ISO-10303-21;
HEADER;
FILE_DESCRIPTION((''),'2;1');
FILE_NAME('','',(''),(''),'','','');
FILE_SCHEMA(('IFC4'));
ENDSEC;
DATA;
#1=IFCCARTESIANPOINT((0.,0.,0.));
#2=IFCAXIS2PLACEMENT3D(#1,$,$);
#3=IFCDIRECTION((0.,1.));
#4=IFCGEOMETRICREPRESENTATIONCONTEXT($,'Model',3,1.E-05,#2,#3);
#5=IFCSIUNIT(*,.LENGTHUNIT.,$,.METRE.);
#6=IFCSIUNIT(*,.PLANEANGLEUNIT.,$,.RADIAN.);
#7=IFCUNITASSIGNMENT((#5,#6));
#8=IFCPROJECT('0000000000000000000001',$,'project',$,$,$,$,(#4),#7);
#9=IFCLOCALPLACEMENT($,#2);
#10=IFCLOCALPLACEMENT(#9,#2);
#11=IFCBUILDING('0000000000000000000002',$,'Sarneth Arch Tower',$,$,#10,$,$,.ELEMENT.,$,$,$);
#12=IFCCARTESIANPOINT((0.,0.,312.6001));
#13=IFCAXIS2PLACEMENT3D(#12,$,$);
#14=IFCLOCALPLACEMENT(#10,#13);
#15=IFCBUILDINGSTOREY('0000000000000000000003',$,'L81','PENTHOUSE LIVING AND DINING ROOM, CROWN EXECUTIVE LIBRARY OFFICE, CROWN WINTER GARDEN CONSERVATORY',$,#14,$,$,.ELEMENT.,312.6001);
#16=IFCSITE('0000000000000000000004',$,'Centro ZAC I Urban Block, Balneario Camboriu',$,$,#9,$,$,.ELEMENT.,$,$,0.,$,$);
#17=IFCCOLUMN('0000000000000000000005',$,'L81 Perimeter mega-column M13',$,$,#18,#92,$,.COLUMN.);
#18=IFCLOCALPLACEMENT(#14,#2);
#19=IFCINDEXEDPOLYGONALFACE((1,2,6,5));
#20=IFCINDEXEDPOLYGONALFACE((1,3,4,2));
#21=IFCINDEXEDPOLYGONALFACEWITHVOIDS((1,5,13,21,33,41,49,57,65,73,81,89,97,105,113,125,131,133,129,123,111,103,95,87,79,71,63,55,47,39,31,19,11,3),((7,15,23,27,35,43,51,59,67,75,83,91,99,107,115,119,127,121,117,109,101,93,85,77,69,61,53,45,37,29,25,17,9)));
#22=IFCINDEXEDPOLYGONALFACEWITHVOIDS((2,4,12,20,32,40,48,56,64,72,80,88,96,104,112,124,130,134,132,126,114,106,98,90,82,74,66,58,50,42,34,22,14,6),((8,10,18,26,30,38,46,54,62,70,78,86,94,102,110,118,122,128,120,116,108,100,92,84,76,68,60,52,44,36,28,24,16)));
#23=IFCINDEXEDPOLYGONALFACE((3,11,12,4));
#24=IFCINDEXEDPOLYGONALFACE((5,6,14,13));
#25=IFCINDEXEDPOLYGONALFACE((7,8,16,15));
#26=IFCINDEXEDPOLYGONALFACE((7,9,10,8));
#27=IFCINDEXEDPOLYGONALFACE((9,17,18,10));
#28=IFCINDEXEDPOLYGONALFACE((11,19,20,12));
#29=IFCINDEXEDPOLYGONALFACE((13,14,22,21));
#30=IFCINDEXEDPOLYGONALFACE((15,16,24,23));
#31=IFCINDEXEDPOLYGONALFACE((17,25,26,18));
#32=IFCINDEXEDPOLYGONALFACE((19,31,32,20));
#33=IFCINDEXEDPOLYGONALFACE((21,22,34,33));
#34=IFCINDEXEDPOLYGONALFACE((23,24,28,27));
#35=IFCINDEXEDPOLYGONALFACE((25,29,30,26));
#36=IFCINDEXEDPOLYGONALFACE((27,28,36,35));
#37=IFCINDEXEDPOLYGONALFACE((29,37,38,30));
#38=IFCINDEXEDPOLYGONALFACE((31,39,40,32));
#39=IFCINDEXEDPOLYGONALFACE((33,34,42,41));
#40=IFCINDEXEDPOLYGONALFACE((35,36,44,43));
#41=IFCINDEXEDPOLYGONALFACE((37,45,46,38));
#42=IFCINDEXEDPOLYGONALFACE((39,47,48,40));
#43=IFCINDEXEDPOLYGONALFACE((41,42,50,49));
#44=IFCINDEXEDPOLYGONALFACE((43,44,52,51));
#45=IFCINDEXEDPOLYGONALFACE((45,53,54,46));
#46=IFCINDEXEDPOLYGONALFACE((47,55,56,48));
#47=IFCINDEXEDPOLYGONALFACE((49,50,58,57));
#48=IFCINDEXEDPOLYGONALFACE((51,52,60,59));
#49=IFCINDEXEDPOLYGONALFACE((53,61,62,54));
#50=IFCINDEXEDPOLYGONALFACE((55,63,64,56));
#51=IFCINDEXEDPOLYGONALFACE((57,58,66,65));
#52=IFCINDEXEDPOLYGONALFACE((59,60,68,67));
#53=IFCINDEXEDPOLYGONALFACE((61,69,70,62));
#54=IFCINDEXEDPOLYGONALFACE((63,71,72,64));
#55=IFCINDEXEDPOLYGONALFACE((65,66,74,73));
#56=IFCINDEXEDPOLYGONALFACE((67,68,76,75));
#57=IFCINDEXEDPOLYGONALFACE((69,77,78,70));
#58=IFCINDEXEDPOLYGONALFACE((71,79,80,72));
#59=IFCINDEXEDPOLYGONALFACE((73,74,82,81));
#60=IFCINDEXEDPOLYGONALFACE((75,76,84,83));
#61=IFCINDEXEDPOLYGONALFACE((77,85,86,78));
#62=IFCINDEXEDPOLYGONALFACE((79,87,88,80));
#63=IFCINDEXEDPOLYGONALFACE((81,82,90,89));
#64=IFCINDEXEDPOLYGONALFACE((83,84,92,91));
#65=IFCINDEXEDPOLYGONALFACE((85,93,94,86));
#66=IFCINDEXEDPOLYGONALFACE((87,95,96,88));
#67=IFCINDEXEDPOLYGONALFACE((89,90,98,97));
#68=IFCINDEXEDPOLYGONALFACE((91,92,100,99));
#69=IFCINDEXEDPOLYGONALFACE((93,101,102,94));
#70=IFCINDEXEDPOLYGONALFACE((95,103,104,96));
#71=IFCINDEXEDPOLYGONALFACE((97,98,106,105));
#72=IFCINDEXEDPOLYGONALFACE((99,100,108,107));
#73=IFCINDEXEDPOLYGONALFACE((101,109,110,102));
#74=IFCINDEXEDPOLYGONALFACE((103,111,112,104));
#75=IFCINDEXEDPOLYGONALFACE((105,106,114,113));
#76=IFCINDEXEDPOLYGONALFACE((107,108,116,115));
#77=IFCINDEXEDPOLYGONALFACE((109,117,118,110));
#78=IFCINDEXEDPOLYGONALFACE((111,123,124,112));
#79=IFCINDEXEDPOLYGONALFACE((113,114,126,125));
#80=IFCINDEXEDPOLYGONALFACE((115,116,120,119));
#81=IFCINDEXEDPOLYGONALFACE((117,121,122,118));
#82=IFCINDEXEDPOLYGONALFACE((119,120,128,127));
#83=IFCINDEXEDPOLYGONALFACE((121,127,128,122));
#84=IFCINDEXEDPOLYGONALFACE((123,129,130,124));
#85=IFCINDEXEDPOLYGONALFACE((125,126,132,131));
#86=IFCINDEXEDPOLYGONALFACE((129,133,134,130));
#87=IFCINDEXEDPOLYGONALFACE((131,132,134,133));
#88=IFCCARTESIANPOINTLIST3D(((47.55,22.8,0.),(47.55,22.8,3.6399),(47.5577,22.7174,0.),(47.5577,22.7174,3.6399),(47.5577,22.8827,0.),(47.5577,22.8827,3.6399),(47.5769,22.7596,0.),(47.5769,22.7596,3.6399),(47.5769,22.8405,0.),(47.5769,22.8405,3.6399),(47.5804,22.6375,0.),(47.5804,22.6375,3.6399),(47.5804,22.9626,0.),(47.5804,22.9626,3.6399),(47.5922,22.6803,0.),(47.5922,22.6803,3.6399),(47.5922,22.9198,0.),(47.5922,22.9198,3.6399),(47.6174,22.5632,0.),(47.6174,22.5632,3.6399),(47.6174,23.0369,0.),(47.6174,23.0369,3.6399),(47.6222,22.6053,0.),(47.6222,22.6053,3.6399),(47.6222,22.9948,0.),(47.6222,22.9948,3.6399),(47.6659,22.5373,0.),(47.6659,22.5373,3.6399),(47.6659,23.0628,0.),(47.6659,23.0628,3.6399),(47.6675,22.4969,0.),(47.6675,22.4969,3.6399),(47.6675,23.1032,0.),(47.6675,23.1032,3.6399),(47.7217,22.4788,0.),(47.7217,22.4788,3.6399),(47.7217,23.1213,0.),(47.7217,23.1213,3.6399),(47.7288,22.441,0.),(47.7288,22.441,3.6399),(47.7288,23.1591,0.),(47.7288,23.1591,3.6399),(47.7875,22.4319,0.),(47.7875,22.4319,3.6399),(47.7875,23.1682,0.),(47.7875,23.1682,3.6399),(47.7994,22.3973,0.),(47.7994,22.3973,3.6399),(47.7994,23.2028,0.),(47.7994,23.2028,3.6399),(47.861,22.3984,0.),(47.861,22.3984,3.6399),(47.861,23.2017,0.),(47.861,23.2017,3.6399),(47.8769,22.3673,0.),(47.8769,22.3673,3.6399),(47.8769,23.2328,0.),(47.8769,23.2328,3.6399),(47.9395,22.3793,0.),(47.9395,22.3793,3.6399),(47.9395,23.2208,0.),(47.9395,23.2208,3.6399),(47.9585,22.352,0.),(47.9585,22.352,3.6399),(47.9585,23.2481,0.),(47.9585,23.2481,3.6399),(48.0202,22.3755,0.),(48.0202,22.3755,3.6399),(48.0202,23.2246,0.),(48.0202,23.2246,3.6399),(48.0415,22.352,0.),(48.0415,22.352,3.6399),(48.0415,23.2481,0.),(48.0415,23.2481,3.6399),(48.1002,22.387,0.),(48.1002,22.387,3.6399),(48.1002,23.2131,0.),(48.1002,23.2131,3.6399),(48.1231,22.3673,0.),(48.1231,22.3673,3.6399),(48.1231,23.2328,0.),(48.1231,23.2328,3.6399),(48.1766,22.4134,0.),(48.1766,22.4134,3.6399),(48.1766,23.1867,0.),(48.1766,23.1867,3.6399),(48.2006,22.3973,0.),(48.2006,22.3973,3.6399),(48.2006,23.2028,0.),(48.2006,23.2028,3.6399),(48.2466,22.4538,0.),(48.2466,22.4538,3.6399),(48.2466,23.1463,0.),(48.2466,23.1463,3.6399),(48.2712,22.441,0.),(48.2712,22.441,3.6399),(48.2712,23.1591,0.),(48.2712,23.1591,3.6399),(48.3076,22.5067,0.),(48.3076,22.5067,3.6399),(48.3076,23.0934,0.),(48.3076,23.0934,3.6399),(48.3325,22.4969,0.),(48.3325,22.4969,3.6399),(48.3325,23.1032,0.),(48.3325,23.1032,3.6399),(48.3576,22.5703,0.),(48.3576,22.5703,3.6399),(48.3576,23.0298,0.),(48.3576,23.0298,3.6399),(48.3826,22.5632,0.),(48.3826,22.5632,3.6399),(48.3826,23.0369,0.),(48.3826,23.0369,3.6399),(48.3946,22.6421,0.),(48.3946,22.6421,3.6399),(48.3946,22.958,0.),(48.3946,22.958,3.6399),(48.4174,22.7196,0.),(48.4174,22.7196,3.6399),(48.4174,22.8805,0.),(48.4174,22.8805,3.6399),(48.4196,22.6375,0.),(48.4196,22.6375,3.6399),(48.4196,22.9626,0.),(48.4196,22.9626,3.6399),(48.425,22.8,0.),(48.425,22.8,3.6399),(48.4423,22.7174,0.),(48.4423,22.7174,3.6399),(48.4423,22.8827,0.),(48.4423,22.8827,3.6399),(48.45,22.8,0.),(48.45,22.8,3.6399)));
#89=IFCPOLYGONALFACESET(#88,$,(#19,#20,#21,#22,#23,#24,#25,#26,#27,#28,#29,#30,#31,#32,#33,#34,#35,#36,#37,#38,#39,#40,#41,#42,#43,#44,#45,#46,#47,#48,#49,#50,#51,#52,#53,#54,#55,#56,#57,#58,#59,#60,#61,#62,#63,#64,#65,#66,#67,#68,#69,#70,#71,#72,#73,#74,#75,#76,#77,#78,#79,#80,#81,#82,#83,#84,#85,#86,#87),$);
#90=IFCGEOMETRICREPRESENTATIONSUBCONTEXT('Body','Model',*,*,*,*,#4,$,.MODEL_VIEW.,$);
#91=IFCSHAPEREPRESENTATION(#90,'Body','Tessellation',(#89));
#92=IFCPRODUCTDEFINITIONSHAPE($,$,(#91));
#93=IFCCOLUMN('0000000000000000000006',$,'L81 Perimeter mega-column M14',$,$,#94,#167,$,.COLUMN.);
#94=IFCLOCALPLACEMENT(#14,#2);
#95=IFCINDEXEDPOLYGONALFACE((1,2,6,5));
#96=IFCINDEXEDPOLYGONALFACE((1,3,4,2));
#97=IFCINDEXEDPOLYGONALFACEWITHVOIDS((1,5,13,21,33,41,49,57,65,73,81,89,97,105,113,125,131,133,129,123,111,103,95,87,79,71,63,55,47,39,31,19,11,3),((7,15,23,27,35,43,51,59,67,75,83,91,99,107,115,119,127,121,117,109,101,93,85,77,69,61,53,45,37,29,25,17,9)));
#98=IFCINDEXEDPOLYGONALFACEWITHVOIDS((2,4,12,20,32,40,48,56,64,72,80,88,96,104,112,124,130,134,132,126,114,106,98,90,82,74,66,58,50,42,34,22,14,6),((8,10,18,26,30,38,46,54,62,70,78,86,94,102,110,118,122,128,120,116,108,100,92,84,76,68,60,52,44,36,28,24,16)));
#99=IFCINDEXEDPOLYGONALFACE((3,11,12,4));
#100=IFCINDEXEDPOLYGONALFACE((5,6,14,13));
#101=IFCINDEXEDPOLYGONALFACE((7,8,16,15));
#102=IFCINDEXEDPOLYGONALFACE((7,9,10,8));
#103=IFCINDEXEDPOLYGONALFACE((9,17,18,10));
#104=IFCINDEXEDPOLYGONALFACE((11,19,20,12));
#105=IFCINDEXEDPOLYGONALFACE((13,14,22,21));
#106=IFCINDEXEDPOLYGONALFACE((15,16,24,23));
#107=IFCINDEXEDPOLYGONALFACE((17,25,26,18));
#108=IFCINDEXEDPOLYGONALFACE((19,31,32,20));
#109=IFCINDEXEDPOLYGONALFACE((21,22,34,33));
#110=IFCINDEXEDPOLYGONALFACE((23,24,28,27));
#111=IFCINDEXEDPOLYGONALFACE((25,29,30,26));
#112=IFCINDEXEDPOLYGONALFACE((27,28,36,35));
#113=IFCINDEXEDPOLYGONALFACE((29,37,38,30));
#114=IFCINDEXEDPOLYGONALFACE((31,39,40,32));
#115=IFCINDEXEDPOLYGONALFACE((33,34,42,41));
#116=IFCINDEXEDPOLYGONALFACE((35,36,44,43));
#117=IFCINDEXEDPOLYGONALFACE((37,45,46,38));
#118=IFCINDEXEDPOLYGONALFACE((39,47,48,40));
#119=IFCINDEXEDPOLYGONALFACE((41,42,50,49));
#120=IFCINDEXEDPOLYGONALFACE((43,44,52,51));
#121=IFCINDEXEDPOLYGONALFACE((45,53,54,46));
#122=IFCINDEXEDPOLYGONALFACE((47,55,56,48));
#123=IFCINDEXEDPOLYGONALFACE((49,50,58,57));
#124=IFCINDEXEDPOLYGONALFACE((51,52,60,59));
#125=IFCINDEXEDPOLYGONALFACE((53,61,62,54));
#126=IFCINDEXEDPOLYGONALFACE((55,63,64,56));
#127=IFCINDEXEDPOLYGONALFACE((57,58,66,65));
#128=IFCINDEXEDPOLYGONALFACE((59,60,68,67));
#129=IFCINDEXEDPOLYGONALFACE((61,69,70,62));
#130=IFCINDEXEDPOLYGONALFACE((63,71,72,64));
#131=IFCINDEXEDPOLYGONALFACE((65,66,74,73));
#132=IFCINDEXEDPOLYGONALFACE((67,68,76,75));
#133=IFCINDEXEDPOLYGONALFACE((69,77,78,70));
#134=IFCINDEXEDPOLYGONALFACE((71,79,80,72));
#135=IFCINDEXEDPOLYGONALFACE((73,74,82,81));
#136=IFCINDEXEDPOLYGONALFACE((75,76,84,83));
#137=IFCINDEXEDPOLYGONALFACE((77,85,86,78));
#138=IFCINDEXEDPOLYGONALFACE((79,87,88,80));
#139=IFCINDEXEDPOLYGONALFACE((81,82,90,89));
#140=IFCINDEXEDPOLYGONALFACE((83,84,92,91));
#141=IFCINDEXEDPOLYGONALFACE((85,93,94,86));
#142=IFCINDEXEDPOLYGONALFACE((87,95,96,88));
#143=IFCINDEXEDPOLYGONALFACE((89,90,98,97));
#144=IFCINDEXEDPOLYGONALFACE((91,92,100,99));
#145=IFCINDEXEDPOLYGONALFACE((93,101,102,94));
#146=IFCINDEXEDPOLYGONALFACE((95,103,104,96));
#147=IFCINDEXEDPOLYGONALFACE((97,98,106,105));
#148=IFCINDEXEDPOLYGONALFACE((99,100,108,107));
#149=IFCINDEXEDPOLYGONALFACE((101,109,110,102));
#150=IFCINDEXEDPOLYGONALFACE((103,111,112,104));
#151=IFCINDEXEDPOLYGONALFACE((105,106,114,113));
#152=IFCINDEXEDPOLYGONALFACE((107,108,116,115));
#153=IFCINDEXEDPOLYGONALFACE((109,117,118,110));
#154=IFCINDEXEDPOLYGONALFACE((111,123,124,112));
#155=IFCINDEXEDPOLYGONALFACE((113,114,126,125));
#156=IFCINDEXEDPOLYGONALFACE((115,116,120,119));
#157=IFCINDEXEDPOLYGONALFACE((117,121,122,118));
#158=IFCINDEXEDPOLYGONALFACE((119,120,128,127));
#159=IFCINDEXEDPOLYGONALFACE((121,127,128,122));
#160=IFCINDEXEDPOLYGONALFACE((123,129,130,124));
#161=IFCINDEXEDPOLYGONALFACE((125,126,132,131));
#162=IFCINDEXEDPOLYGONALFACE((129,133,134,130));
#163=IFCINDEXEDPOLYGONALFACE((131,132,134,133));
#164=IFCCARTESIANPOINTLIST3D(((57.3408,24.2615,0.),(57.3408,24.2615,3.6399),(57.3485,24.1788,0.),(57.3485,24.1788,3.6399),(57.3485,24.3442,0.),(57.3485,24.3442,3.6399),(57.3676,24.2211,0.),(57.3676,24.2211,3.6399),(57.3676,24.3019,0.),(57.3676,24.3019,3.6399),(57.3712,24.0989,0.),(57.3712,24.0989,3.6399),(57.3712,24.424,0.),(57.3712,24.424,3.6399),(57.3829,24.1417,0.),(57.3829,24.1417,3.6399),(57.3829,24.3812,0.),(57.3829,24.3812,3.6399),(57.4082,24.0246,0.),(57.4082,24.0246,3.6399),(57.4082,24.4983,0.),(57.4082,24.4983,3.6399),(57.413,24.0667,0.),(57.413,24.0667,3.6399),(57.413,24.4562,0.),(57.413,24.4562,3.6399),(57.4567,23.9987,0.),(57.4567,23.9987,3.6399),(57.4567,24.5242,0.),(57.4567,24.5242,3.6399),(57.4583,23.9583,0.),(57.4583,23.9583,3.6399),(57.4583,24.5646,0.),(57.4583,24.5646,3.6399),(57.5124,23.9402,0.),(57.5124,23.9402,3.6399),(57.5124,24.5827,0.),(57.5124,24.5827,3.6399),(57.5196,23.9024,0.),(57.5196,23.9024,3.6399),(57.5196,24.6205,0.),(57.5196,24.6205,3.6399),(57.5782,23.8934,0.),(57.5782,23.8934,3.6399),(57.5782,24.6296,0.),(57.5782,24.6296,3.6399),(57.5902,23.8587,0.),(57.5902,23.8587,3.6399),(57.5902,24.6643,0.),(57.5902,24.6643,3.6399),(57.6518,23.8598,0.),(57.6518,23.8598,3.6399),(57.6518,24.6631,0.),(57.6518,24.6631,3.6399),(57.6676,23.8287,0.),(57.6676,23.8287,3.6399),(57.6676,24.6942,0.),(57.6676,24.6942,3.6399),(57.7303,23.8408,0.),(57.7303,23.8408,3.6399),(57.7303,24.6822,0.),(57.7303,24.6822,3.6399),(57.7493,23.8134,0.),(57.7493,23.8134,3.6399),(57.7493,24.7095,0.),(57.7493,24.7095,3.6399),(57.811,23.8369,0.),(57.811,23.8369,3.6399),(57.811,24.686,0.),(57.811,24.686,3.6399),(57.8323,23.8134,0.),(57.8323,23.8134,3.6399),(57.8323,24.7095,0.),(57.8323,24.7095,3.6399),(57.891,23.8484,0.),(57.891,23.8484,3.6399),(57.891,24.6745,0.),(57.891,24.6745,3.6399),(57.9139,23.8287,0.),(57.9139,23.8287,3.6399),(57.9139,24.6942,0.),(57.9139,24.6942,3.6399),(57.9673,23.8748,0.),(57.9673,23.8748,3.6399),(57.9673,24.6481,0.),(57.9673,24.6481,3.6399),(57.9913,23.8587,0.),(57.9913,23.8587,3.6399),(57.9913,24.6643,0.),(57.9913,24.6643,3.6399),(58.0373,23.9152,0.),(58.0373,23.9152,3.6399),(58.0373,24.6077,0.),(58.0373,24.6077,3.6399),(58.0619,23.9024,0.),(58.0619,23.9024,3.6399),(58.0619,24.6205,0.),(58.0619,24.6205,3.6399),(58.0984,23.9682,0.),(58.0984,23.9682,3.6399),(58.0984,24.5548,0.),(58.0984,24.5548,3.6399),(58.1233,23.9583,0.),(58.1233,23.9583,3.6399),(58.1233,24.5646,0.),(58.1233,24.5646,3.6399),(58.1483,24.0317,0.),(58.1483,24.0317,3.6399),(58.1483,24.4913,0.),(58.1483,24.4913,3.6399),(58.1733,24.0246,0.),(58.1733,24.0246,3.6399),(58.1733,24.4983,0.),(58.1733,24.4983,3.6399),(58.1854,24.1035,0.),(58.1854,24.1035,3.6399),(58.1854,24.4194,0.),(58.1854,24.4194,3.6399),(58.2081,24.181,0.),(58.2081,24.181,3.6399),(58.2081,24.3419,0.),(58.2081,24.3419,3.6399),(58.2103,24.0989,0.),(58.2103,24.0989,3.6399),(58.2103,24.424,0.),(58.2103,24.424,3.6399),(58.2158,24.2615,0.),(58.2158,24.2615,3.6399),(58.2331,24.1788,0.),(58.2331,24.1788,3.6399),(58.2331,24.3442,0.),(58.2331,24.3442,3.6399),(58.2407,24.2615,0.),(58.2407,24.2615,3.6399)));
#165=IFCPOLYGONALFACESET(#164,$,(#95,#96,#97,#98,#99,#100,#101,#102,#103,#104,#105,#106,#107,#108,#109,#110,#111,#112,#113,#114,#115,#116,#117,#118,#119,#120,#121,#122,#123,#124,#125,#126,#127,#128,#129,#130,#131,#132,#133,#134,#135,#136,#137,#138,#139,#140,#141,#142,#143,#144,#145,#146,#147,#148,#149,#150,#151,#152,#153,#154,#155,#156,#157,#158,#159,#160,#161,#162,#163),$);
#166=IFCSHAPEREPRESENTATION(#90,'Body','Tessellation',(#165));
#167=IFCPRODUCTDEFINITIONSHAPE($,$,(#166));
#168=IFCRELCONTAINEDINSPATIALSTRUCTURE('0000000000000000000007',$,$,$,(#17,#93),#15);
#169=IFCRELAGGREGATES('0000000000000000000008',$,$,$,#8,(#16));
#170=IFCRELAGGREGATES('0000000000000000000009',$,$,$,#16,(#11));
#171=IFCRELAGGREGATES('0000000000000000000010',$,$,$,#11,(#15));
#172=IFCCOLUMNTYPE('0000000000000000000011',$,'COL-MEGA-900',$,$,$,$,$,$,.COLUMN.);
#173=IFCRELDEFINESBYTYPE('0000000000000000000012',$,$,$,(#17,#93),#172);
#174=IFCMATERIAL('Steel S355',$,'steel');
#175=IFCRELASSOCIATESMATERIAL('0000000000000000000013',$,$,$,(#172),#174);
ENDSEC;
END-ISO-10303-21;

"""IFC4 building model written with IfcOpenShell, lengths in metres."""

from ifc_helpers import new_model, si_unit, direction, frame, origin, origin_2d, place, context, subcontext, project, spatial, hollow_circle, extrude, material, material_profile, profile_set, type_object, element, save


model = new_model("IFC4")

# Units and contexts
model_context = context("Model", 3, precision=1e-05, world=origin(), true_north=direction((0.0, 1.0)))
body_context = subcontext(model_context, "Body", "Model", "MODEL_VIEW")
ifc_project = project(units=[si_unit("LENGTHUNIT", "METRE"), si_unit("PLANEANGLEUNIT", "RADIAN")], contexts=[model_context])

# Site, building, storey
site_placement = place(None, origin())
site = spatial("IfcSite", under=ifc_project, at=site_placement, Name="Centro ZAC I Urban Block, Balneario Camboriu", CompositionType="ELEMENT", RefElevation=0.0)
building_placement = place(site_placement, origin())
building = spatial("IfcBuilding", under=site, at=building_placement, Name="Sarneth Arch Tower", CompositionType="ELEMENT")
storey_placement = place(building_placement, frame((0.0, 0.0, 312.6001)))
storey = spatial("IfcBuildingStorey", under=building, at=storey_placement, Name="L81", Description="PENTHOUSE LIVING AND DINING ROOM, CROWN EXECUTIVE LIBRARY OFFICE, CROWN WINTER GARDEN CONSERVATORY", CompositionType="ELEMENT", Elevation=312.6001)

# Columns
ifc_material_1 = material(Name="Steel S355", Category="steel")
ifc_material_profile_1 = material_profile(ifc_material_1, hollow_circle(Radius=0.45, WallThickness=0.0249, at=origin_2d()), Name="CHS900x25")
ifc_profile_set_1 = profile_set([ifc_material_profile_1], Name="Steel S355")
column_type = type_object("IfcColumnType", Name="COL-MEGA-900", PredefinedType="COLUMN", material=ifc_profile_set_1)
for number, where, z_axis, x_axis, name in (
    (1, (48.0, 22.8, 0.0), (0.0, 0.0, 1.0), (1.0, 0.0, 0.0), "L81 Perimeter mega-column M13"),
    (2, (57.7908, 24.2615, 0.0), (0.0, 0.0, 1.0), (1.0, 0.0, 0.0), "L81 Perimeter mega-column M14"),
):
    element("IfcColumn", number, at=place(storey_placement, frame(where, z_axis=z_axis, x_axis=x_axis)), inside=storey, type_object=column_type, Name=name, PredefinedType="COLUMN", context=body_context, shape_type="SweptSolid", body=[
        extrude(hollow_circle(Radius=0.45, WallThickness=0.0249, at=origin_2d()), origin(), (0.0, 0.0, 1.0), 3.6399),
    ])

save(model, "model.ifc")
